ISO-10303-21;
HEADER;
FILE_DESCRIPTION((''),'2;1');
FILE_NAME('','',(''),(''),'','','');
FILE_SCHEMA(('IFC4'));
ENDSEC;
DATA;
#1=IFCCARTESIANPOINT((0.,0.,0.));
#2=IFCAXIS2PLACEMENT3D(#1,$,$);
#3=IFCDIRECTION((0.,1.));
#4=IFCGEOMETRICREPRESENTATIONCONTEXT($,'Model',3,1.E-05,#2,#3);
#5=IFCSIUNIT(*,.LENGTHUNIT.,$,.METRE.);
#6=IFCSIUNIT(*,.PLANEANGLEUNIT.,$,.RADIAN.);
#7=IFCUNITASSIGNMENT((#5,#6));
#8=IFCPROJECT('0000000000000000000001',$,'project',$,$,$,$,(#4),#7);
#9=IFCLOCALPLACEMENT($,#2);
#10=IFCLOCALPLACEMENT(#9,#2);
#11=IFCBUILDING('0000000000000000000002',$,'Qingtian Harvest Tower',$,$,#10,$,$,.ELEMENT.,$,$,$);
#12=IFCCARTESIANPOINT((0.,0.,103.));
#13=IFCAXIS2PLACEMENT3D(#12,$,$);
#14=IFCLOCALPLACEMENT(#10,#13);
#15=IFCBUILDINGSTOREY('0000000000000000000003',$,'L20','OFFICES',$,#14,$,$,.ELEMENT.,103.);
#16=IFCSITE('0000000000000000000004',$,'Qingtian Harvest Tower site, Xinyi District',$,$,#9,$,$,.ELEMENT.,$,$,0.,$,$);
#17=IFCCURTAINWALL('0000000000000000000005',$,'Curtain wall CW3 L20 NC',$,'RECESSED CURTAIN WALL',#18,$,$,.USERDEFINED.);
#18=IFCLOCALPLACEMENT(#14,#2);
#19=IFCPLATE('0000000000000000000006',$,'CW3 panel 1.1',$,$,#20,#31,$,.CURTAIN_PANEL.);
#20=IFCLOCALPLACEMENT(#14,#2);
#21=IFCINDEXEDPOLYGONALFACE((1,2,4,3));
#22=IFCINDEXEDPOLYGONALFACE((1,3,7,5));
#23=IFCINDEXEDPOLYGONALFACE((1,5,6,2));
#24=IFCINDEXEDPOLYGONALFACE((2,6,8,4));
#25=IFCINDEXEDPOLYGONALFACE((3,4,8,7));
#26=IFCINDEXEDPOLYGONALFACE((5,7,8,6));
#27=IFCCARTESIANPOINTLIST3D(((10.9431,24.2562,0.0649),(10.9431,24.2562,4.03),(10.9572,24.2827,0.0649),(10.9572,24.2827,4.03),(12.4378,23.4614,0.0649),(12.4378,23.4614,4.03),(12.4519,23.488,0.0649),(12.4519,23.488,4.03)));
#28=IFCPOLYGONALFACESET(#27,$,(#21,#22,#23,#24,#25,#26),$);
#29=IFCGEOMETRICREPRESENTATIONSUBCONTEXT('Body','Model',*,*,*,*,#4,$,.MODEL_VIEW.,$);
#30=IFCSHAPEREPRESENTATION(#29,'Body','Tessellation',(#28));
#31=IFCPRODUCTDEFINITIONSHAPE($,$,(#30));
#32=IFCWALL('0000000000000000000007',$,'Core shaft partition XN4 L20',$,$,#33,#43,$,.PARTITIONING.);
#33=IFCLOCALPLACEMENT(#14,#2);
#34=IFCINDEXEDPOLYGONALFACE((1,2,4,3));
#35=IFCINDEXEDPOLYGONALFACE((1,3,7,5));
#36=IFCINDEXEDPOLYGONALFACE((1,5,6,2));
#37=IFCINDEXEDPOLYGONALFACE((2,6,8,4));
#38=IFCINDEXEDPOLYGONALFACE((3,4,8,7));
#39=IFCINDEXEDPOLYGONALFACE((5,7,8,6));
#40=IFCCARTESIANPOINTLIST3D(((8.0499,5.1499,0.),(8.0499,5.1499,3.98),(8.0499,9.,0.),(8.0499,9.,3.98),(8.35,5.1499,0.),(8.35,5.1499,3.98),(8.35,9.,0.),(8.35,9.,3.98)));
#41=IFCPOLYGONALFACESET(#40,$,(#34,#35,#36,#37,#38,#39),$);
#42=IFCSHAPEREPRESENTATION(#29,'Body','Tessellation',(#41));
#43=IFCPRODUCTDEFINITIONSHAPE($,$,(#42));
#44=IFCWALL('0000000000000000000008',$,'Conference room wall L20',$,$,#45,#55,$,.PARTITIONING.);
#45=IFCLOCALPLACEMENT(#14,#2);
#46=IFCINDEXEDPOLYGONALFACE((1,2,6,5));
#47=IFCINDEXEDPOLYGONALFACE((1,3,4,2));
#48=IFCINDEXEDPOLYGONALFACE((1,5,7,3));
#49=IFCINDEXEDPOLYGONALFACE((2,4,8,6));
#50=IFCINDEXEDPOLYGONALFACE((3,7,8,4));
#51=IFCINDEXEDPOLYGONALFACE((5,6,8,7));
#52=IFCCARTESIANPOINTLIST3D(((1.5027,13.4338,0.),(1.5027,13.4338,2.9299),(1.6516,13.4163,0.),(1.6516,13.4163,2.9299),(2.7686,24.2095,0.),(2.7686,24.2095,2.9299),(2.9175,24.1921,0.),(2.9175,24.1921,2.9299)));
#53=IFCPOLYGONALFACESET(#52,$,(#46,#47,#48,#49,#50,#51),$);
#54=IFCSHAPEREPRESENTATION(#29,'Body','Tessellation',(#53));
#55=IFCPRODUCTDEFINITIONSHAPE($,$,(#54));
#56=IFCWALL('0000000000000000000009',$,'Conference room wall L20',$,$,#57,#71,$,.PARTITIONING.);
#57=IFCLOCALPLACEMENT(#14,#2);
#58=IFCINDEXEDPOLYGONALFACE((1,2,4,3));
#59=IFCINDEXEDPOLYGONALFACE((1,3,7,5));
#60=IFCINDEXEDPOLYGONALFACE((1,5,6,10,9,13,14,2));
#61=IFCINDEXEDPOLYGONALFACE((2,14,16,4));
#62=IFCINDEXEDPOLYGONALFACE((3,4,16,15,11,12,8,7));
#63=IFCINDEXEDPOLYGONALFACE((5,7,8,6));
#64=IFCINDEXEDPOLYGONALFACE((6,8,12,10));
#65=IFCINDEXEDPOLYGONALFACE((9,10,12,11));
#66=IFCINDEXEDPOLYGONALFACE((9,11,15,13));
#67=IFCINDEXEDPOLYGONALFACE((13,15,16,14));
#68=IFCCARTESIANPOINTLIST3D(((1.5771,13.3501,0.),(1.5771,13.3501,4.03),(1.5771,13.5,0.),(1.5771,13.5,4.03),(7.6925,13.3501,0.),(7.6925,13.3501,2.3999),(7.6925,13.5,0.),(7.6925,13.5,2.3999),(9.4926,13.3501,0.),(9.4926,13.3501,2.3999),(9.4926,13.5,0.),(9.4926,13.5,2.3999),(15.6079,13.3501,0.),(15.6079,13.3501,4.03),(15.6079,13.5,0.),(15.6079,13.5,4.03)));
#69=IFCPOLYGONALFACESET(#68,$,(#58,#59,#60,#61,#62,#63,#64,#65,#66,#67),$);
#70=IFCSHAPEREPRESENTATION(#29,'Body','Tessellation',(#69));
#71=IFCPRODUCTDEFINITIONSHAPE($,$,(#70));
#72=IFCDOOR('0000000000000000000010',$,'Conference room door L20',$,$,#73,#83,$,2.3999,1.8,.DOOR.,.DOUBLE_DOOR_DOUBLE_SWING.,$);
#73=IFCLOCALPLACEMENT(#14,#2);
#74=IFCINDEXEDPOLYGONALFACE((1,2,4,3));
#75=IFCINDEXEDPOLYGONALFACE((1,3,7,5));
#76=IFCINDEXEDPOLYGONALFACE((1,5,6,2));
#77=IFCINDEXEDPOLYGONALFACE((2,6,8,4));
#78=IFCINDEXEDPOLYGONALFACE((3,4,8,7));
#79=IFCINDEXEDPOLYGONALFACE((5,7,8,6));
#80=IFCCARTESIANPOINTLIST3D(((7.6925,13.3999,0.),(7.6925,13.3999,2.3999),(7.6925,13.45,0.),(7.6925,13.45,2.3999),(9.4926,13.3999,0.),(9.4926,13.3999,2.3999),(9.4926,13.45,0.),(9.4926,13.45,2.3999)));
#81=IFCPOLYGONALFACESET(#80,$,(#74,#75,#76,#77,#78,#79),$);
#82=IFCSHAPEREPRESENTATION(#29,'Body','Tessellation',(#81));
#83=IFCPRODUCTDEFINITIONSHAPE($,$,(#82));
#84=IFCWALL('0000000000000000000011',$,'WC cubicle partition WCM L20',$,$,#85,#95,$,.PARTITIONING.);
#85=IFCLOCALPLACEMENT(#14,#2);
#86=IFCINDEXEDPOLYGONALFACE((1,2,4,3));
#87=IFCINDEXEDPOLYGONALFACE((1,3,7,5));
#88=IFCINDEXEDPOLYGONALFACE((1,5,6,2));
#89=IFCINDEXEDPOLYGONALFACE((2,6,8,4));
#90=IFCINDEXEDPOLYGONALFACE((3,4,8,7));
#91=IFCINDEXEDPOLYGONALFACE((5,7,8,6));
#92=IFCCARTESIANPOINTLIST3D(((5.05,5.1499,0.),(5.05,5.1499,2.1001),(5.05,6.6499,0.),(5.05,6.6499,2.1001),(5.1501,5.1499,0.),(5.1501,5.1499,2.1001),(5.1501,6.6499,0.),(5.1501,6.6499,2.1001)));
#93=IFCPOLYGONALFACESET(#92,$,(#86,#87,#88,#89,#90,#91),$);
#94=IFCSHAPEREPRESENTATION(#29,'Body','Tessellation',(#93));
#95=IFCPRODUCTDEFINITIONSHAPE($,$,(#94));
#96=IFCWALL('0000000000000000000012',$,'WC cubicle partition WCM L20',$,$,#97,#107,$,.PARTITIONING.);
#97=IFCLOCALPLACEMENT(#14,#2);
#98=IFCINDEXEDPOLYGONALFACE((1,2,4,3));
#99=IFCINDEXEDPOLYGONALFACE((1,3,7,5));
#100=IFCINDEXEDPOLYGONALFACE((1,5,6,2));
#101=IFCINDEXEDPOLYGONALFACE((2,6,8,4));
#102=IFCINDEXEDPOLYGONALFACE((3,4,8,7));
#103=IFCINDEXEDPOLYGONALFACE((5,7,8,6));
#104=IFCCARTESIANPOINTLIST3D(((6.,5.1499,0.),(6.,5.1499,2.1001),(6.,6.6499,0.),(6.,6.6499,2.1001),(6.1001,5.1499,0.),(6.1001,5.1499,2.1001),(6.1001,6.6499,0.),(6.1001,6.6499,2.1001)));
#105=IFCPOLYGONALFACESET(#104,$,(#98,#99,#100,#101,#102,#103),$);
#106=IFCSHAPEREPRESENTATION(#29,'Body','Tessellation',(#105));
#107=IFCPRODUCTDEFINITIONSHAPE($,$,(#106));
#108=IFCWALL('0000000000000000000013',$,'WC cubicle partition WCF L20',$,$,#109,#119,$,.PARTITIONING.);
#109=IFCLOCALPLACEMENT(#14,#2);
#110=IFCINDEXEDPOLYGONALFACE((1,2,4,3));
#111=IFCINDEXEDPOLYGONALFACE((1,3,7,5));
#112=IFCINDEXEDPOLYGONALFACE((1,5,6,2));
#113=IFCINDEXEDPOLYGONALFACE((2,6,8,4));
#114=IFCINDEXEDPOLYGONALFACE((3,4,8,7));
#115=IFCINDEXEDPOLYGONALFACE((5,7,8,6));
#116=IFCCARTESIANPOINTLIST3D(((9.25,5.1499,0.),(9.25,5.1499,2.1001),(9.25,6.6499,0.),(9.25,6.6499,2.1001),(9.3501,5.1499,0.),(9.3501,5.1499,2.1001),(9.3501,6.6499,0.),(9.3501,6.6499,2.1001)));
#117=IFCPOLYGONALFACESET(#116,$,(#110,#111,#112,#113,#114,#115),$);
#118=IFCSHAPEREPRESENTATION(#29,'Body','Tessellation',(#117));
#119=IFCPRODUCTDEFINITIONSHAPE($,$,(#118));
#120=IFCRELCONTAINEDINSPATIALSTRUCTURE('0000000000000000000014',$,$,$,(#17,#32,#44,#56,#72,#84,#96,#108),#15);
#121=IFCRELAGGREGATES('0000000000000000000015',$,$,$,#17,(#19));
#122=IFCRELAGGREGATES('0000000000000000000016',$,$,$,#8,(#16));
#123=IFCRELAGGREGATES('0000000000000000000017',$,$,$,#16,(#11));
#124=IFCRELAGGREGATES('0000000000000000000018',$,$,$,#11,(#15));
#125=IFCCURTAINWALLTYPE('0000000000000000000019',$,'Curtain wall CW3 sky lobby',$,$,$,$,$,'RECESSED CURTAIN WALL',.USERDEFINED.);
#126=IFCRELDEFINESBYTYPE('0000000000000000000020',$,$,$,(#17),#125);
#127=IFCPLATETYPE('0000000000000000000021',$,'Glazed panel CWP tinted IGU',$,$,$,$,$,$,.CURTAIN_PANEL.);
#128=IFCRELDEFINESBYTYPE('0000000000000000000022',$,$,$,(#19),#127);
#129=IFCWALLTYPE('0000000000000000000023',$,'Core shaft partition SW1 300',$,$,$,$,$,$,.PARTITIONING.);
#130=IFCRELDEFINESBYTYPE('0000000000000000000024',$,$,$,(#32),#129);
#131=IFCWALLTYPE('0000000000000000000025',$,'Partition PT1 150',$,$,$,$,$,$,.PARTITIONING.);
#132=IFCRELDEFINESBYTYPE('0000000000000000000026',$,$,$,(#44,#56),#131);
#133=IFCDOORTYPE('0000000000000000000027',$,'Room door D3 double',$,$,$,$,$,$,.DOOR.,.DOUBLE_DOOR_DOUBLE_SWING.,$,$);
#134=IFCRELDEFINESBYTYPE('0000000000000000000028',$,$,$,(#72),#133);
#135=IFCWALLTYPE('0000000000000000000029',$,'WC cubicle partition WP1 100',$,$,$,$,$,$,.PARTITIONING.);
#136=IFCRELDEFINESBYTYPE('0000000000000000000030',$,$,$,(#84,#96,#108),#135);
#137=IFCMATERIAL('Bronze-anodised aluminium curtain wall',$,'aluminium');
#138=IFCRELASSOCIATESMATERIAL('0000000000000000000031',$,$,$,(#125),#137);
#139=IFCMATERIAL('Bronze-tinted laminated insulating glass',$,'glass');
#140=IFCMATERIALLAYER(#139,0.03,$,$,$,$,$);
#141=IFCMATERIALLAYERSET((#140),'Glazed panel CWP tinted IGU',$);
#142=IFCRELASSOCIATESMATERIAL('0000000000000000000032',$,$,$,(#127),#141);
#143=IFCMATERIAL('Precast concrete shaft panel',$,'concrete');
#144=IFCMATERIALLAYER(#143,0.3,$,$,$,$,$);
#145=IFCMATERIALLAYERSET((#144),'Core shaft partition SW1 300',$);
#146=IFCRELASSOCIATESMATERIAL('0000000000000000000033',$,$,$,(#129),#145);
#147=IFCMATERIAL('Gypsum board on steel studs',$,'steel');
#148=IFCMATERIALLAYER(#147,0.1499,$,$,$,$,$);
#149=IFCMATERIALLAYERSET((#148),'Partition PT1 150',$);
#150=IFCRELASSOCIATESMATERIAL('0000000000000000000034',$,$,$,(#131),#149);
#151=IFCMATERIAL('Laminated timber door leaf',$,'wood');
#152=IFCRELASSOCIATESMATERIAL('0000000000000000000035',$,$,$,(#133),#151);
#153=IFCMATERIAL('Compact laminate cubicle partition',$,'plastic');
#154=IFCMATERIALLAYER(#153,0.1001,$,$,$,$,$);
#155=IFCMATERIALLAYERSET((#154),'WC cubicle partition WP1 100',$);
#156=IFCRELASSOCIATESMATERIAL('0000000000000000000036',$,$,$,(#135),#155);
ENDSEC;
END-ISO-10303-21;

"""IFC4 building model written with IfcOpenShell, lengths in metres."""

from ifc_helpers import new_model, si_unit, direction, frame, frame_2d, origin, origin_2d, place, context, subcontext, project, spatial, rectangle, extrude, material, layer, layer_set, type_object, element, fill, aggregate, save


model = new_model("IFC4")

# Units and contexts
model_context = context("Model", 3, precision=1e-05, world=origin(), true_north=direction((0.0, 1.0)))
body_context = subcontext(model_context, "Body", "Model", "MODEL_VIEW")
ifc_project = project(units=[si_unit("LENGTHUNIT", "METRE"), si_unit("PLANEANGLEUNIT", "RADIAN")], contexts=[model_context])

# Site, building, storey
site_placement = place(None, origin())
site = spatial("IfcSite", under=ifc_project, at=site_placement, Name="Qingtian Harvest Tower site, Xinyi District", CompositionType="ELEMENT", RefElevation=0.0)
building_placement = place(site_placement, origin())
building = spatial("IfcBuilding", under=site, at=building_placement, Name="Qingtian Harvest Tower", CompositionType="ELEMENT")
storey_placement = place(building_placement, frame((0.0, 0.0, 103.0)))
storey = spatial("IfcBuildingStorey", under=building, at=storey_placement, Name="L20", Description="OFFICES", CompositionType="ELEMENT", Elevation=103.0)

# Curtain wall
ifc_material_1 = material(Name="Bronze-anodised aluminium curtain wall", Category="aluminium")
curtain_wall_type = type_object("IfcCurtainWallType", Name="Curtain wall CW3 sky lobby", ElementType="RECESSED CURTAIN WALL", PredefinedType="USERDEFINED", material=ifc_material_1)
curtain_wall_1_placement = place(storey_placement, origin())
curtain_wall_1 = element("IfcCurtainWall", 1, at=curtain_wall_1_placement, inside=storey, type_object=curtain_wall_type, Name="Curtain wall CW3 L20 NC", ObjectType="RECESSED CURTAIN WALL", PredefinedType="USERDEFINED")

# Plate
ifc_material_2 = material(Name="Bronze-tinted laminated insulating glass", Category="glass")
ifc_layer_1 = layer(ifc_material_2, 0.03)
ifc_layer_set_1 = layer_set([ifc_layer_1], Name="Glazed panel CWP tinted IGU")
plate_type = type_object("IfcPlateType", Name="Glazed panel CWP tinted IGU", PredefinedType="CURTAIN_PANEL", material=ifc_layer_set_1)
plate_1_placement = place(storey_placement, frame((11.6975, 23.8721, 0.0649), z_axis=(0.0, 0.0, 1.0), x_axis=(0.882948, -0.469472, 0.0)))
plate_1 = element("IfcPlate", 2, at=plate_1_placement, type_object=plate_type, Name="CW3 panel 1.1", PredefinedType="CURTAIN_PANEL", context=body_context, shape_type="SweptSolid", body=[
    extrude(rectangle(XDim=1.6929, YDim=0.03, at=origin_2d()), origin(), (0.0, 0.0, 1.0), 3.9651),
])
aggregate(curtain_wall_1, [plate_1])

# Walls
ifc_material_3 = material(Name="Precast concrete shaft panel", Category="concrete")
ifc_layer_2 = layer(ifc_material_3, 0.3)
ifc_layer_set_2 = layer_set([ifc_layer_2], Name="Core shaft partition SW1 300")
wall_type_1 = type_object("IfcWallType", Name="Core shaft partition SW1 300", PredefinedType="PARTITIONING", material=ifc_layer_set_2)
wall_1_placement = place(storey_placement, frame((8.2, 5.1499, 0.0), z_axis=(0.0, 0.0, 1.0), x_axis=(0.0, 1.0, 0.0)))
element("IfcWall", 3, at=wall_1_placement, inside=storey, type_object=wall_type_1, Name="Core shaft partition XN4 L20", PredefinedType="PARTITIONING", context=body_context, shape_type="SweptSolid", body=[
    extrude(rectangle(XDim=3.8501, YDim=0.3, at=frame_2d((1.925, 0.0))), origin(), (0.0, 0.0, 1.0), 3.98),
])
ifc_material_4 = material(Name="Gypsum board on steel studs", Category="steel")
ifc_layer_3 = layer(ifc_material_4, 0.1499)
ifc_layer_set_3 = layer_set([ifc_layer_3], Name="Partition PT1 150")
wall_type_2 = type_object("IfcWallType", Name="Partition PT1 150", PredefinedType="PARTITIONING", material=ifc_layer_set_3)
wall_2_placement = place(storey_placement, frame((2.843, 24.2007, 0.0), z_axis=(0.0, 0.0, 1.0), x_axis=(-0.116673, -0.99317, 0.0)))
element("IfcWall", 4, at=wall_2_placement, inside=storey, type_object=wall_type_2, Name="Conference room wall L20", PredefinedType="PARTITIONING", context=body_context, shape_type="SweptSolid", body=[
    extrude(rectangle(XDim=10.8499, YDim=0.1499, at=frame_2d((5.4248, 0.0))), origin(), (0.0, 0.0, 1.0), 2.9299),
])

# Wall, opening, door
wall_3_placement = place(storey_placement, frame((1.5771, 13.425, 0.0), z_axis=(0.0, 0.0, 1.0), x_axis=(1.0, 0.0, 0.0)))
wall_3 = element("IfcWall", 5, at=wall_3_placement, inside=storey, type_object=wall_type_2, Name="Conference room wall L20", PredefinedType="PARTITIONING", context=body_context, shape_type="SweptSolid", body=[
    extrude(rectangle(XDim=14.0308, YDim=0.1499, at=frame_2d((7.0154, 0.0))), origin(), (0.0, 0.0, 1.0), 4.03),
])
opening_placement = place(wall_3_placement, frame((6.1155, 0.0, 0.0)))
opening = element("IfcOpeningElement", 6, at=opening_placement, cuts=wall_3, PredefinedType="OPENING", context=body_context, shape_type="SweptSolid", body=[
    extrude(rectangle(XDim=1.8, YDim=2.3999, at=frame_2d((0.8999, 1.2))), frame((0.0, 0.085, 0.0), z_axis=(0.0, -1.0, 0.0), x_axis=(1.0, 0.0, 0.0)), (0.0, 0.0, 1.0), 0.1699),
])
ifc_material_5 = material(Name="Laminated timber door leaf", Category="wood")
door_type = type_object("IfcDoorType", Name="Room door D3 double", OperationType="DOUBLE_DOOR_DOUBLE_SWING", PredefinedType="DOOR", material=ifc_material_5)
door_placement = place(opening_placement, origin())
door = element("IfcDoor", 7, at=door_placement, inside=storey, type_object=door_type, Name="Conference room door L20", OperationType="DOUBLE_DOOR_DOUBLE_SWING", OverallHeight=2.3999, OverallWidth=1.8, PredefinedType="DOOR", context=body_context, shape_type="SweptSolid", body=[
    extrude(rectangle(XDim=1.8, YDim=2.3999, at=frame_2d((0.8999, 1.2))), frame((0.0, 0.0249, 0.0), z_axis=(0.0, -1.0, 0.0), x_axis=(1.0, 0.0, 0.0)), (0.0, 0.0, 1.0), 0.05),
])
fill(opening, door)

# Walls
ifc_material_6 = material(Name="Compact laminate cubicle partition", Category="plastic")
ifc_layer_4 = layer(ifc_material_6, 0.1001)
ifc_layer_set_4 = layer_set([ifc_layer_4], Name="WC cubicle partition WP1 100")
wall_type_3 = type_object("IfcWallType", Name="WC cubicle partition WP1 100", PredefinedType="PARTITIONING", material=ifc_layer_set_4)
for number, where, z_axis, x_axis, name in (
    (8, (5.1001, 5.1499, 0.0), (0.0, 0.0, 1.0), (0.0, 1.0, 0.0), "WC cubicle partition WCM L20"),
    (9, (6.05, 5.1499, 0.0), (0.0, 0.0, 1.0), (0.0, 1.0, 0.0), "WC cubicle partition WCM L20"),
    (10, (9.3, 5.1499, 0.0), (0.0, 0.0, 1.0), (0.0, 1.0, 0.0), "WC cubicle partition WCF L20"),
):
    element("IfcWall", number, at=place(storey_placement, frame(where, z_axis=z_axis, x_axis=x_axis)), inside=storey, type_object=wall_type_3, Name=name, PredefinedType="PARTITIONING", context=body_context, shape_type="SweptSolid", body=[
        extrude(rectangle(XDim=1.5, YDim=0.1001, at=frame_2d((0.75, 0.0))), origin(), (0.0, 0.0, 1.0), 2.1001),
    ])

save(model, "model.ifc")
